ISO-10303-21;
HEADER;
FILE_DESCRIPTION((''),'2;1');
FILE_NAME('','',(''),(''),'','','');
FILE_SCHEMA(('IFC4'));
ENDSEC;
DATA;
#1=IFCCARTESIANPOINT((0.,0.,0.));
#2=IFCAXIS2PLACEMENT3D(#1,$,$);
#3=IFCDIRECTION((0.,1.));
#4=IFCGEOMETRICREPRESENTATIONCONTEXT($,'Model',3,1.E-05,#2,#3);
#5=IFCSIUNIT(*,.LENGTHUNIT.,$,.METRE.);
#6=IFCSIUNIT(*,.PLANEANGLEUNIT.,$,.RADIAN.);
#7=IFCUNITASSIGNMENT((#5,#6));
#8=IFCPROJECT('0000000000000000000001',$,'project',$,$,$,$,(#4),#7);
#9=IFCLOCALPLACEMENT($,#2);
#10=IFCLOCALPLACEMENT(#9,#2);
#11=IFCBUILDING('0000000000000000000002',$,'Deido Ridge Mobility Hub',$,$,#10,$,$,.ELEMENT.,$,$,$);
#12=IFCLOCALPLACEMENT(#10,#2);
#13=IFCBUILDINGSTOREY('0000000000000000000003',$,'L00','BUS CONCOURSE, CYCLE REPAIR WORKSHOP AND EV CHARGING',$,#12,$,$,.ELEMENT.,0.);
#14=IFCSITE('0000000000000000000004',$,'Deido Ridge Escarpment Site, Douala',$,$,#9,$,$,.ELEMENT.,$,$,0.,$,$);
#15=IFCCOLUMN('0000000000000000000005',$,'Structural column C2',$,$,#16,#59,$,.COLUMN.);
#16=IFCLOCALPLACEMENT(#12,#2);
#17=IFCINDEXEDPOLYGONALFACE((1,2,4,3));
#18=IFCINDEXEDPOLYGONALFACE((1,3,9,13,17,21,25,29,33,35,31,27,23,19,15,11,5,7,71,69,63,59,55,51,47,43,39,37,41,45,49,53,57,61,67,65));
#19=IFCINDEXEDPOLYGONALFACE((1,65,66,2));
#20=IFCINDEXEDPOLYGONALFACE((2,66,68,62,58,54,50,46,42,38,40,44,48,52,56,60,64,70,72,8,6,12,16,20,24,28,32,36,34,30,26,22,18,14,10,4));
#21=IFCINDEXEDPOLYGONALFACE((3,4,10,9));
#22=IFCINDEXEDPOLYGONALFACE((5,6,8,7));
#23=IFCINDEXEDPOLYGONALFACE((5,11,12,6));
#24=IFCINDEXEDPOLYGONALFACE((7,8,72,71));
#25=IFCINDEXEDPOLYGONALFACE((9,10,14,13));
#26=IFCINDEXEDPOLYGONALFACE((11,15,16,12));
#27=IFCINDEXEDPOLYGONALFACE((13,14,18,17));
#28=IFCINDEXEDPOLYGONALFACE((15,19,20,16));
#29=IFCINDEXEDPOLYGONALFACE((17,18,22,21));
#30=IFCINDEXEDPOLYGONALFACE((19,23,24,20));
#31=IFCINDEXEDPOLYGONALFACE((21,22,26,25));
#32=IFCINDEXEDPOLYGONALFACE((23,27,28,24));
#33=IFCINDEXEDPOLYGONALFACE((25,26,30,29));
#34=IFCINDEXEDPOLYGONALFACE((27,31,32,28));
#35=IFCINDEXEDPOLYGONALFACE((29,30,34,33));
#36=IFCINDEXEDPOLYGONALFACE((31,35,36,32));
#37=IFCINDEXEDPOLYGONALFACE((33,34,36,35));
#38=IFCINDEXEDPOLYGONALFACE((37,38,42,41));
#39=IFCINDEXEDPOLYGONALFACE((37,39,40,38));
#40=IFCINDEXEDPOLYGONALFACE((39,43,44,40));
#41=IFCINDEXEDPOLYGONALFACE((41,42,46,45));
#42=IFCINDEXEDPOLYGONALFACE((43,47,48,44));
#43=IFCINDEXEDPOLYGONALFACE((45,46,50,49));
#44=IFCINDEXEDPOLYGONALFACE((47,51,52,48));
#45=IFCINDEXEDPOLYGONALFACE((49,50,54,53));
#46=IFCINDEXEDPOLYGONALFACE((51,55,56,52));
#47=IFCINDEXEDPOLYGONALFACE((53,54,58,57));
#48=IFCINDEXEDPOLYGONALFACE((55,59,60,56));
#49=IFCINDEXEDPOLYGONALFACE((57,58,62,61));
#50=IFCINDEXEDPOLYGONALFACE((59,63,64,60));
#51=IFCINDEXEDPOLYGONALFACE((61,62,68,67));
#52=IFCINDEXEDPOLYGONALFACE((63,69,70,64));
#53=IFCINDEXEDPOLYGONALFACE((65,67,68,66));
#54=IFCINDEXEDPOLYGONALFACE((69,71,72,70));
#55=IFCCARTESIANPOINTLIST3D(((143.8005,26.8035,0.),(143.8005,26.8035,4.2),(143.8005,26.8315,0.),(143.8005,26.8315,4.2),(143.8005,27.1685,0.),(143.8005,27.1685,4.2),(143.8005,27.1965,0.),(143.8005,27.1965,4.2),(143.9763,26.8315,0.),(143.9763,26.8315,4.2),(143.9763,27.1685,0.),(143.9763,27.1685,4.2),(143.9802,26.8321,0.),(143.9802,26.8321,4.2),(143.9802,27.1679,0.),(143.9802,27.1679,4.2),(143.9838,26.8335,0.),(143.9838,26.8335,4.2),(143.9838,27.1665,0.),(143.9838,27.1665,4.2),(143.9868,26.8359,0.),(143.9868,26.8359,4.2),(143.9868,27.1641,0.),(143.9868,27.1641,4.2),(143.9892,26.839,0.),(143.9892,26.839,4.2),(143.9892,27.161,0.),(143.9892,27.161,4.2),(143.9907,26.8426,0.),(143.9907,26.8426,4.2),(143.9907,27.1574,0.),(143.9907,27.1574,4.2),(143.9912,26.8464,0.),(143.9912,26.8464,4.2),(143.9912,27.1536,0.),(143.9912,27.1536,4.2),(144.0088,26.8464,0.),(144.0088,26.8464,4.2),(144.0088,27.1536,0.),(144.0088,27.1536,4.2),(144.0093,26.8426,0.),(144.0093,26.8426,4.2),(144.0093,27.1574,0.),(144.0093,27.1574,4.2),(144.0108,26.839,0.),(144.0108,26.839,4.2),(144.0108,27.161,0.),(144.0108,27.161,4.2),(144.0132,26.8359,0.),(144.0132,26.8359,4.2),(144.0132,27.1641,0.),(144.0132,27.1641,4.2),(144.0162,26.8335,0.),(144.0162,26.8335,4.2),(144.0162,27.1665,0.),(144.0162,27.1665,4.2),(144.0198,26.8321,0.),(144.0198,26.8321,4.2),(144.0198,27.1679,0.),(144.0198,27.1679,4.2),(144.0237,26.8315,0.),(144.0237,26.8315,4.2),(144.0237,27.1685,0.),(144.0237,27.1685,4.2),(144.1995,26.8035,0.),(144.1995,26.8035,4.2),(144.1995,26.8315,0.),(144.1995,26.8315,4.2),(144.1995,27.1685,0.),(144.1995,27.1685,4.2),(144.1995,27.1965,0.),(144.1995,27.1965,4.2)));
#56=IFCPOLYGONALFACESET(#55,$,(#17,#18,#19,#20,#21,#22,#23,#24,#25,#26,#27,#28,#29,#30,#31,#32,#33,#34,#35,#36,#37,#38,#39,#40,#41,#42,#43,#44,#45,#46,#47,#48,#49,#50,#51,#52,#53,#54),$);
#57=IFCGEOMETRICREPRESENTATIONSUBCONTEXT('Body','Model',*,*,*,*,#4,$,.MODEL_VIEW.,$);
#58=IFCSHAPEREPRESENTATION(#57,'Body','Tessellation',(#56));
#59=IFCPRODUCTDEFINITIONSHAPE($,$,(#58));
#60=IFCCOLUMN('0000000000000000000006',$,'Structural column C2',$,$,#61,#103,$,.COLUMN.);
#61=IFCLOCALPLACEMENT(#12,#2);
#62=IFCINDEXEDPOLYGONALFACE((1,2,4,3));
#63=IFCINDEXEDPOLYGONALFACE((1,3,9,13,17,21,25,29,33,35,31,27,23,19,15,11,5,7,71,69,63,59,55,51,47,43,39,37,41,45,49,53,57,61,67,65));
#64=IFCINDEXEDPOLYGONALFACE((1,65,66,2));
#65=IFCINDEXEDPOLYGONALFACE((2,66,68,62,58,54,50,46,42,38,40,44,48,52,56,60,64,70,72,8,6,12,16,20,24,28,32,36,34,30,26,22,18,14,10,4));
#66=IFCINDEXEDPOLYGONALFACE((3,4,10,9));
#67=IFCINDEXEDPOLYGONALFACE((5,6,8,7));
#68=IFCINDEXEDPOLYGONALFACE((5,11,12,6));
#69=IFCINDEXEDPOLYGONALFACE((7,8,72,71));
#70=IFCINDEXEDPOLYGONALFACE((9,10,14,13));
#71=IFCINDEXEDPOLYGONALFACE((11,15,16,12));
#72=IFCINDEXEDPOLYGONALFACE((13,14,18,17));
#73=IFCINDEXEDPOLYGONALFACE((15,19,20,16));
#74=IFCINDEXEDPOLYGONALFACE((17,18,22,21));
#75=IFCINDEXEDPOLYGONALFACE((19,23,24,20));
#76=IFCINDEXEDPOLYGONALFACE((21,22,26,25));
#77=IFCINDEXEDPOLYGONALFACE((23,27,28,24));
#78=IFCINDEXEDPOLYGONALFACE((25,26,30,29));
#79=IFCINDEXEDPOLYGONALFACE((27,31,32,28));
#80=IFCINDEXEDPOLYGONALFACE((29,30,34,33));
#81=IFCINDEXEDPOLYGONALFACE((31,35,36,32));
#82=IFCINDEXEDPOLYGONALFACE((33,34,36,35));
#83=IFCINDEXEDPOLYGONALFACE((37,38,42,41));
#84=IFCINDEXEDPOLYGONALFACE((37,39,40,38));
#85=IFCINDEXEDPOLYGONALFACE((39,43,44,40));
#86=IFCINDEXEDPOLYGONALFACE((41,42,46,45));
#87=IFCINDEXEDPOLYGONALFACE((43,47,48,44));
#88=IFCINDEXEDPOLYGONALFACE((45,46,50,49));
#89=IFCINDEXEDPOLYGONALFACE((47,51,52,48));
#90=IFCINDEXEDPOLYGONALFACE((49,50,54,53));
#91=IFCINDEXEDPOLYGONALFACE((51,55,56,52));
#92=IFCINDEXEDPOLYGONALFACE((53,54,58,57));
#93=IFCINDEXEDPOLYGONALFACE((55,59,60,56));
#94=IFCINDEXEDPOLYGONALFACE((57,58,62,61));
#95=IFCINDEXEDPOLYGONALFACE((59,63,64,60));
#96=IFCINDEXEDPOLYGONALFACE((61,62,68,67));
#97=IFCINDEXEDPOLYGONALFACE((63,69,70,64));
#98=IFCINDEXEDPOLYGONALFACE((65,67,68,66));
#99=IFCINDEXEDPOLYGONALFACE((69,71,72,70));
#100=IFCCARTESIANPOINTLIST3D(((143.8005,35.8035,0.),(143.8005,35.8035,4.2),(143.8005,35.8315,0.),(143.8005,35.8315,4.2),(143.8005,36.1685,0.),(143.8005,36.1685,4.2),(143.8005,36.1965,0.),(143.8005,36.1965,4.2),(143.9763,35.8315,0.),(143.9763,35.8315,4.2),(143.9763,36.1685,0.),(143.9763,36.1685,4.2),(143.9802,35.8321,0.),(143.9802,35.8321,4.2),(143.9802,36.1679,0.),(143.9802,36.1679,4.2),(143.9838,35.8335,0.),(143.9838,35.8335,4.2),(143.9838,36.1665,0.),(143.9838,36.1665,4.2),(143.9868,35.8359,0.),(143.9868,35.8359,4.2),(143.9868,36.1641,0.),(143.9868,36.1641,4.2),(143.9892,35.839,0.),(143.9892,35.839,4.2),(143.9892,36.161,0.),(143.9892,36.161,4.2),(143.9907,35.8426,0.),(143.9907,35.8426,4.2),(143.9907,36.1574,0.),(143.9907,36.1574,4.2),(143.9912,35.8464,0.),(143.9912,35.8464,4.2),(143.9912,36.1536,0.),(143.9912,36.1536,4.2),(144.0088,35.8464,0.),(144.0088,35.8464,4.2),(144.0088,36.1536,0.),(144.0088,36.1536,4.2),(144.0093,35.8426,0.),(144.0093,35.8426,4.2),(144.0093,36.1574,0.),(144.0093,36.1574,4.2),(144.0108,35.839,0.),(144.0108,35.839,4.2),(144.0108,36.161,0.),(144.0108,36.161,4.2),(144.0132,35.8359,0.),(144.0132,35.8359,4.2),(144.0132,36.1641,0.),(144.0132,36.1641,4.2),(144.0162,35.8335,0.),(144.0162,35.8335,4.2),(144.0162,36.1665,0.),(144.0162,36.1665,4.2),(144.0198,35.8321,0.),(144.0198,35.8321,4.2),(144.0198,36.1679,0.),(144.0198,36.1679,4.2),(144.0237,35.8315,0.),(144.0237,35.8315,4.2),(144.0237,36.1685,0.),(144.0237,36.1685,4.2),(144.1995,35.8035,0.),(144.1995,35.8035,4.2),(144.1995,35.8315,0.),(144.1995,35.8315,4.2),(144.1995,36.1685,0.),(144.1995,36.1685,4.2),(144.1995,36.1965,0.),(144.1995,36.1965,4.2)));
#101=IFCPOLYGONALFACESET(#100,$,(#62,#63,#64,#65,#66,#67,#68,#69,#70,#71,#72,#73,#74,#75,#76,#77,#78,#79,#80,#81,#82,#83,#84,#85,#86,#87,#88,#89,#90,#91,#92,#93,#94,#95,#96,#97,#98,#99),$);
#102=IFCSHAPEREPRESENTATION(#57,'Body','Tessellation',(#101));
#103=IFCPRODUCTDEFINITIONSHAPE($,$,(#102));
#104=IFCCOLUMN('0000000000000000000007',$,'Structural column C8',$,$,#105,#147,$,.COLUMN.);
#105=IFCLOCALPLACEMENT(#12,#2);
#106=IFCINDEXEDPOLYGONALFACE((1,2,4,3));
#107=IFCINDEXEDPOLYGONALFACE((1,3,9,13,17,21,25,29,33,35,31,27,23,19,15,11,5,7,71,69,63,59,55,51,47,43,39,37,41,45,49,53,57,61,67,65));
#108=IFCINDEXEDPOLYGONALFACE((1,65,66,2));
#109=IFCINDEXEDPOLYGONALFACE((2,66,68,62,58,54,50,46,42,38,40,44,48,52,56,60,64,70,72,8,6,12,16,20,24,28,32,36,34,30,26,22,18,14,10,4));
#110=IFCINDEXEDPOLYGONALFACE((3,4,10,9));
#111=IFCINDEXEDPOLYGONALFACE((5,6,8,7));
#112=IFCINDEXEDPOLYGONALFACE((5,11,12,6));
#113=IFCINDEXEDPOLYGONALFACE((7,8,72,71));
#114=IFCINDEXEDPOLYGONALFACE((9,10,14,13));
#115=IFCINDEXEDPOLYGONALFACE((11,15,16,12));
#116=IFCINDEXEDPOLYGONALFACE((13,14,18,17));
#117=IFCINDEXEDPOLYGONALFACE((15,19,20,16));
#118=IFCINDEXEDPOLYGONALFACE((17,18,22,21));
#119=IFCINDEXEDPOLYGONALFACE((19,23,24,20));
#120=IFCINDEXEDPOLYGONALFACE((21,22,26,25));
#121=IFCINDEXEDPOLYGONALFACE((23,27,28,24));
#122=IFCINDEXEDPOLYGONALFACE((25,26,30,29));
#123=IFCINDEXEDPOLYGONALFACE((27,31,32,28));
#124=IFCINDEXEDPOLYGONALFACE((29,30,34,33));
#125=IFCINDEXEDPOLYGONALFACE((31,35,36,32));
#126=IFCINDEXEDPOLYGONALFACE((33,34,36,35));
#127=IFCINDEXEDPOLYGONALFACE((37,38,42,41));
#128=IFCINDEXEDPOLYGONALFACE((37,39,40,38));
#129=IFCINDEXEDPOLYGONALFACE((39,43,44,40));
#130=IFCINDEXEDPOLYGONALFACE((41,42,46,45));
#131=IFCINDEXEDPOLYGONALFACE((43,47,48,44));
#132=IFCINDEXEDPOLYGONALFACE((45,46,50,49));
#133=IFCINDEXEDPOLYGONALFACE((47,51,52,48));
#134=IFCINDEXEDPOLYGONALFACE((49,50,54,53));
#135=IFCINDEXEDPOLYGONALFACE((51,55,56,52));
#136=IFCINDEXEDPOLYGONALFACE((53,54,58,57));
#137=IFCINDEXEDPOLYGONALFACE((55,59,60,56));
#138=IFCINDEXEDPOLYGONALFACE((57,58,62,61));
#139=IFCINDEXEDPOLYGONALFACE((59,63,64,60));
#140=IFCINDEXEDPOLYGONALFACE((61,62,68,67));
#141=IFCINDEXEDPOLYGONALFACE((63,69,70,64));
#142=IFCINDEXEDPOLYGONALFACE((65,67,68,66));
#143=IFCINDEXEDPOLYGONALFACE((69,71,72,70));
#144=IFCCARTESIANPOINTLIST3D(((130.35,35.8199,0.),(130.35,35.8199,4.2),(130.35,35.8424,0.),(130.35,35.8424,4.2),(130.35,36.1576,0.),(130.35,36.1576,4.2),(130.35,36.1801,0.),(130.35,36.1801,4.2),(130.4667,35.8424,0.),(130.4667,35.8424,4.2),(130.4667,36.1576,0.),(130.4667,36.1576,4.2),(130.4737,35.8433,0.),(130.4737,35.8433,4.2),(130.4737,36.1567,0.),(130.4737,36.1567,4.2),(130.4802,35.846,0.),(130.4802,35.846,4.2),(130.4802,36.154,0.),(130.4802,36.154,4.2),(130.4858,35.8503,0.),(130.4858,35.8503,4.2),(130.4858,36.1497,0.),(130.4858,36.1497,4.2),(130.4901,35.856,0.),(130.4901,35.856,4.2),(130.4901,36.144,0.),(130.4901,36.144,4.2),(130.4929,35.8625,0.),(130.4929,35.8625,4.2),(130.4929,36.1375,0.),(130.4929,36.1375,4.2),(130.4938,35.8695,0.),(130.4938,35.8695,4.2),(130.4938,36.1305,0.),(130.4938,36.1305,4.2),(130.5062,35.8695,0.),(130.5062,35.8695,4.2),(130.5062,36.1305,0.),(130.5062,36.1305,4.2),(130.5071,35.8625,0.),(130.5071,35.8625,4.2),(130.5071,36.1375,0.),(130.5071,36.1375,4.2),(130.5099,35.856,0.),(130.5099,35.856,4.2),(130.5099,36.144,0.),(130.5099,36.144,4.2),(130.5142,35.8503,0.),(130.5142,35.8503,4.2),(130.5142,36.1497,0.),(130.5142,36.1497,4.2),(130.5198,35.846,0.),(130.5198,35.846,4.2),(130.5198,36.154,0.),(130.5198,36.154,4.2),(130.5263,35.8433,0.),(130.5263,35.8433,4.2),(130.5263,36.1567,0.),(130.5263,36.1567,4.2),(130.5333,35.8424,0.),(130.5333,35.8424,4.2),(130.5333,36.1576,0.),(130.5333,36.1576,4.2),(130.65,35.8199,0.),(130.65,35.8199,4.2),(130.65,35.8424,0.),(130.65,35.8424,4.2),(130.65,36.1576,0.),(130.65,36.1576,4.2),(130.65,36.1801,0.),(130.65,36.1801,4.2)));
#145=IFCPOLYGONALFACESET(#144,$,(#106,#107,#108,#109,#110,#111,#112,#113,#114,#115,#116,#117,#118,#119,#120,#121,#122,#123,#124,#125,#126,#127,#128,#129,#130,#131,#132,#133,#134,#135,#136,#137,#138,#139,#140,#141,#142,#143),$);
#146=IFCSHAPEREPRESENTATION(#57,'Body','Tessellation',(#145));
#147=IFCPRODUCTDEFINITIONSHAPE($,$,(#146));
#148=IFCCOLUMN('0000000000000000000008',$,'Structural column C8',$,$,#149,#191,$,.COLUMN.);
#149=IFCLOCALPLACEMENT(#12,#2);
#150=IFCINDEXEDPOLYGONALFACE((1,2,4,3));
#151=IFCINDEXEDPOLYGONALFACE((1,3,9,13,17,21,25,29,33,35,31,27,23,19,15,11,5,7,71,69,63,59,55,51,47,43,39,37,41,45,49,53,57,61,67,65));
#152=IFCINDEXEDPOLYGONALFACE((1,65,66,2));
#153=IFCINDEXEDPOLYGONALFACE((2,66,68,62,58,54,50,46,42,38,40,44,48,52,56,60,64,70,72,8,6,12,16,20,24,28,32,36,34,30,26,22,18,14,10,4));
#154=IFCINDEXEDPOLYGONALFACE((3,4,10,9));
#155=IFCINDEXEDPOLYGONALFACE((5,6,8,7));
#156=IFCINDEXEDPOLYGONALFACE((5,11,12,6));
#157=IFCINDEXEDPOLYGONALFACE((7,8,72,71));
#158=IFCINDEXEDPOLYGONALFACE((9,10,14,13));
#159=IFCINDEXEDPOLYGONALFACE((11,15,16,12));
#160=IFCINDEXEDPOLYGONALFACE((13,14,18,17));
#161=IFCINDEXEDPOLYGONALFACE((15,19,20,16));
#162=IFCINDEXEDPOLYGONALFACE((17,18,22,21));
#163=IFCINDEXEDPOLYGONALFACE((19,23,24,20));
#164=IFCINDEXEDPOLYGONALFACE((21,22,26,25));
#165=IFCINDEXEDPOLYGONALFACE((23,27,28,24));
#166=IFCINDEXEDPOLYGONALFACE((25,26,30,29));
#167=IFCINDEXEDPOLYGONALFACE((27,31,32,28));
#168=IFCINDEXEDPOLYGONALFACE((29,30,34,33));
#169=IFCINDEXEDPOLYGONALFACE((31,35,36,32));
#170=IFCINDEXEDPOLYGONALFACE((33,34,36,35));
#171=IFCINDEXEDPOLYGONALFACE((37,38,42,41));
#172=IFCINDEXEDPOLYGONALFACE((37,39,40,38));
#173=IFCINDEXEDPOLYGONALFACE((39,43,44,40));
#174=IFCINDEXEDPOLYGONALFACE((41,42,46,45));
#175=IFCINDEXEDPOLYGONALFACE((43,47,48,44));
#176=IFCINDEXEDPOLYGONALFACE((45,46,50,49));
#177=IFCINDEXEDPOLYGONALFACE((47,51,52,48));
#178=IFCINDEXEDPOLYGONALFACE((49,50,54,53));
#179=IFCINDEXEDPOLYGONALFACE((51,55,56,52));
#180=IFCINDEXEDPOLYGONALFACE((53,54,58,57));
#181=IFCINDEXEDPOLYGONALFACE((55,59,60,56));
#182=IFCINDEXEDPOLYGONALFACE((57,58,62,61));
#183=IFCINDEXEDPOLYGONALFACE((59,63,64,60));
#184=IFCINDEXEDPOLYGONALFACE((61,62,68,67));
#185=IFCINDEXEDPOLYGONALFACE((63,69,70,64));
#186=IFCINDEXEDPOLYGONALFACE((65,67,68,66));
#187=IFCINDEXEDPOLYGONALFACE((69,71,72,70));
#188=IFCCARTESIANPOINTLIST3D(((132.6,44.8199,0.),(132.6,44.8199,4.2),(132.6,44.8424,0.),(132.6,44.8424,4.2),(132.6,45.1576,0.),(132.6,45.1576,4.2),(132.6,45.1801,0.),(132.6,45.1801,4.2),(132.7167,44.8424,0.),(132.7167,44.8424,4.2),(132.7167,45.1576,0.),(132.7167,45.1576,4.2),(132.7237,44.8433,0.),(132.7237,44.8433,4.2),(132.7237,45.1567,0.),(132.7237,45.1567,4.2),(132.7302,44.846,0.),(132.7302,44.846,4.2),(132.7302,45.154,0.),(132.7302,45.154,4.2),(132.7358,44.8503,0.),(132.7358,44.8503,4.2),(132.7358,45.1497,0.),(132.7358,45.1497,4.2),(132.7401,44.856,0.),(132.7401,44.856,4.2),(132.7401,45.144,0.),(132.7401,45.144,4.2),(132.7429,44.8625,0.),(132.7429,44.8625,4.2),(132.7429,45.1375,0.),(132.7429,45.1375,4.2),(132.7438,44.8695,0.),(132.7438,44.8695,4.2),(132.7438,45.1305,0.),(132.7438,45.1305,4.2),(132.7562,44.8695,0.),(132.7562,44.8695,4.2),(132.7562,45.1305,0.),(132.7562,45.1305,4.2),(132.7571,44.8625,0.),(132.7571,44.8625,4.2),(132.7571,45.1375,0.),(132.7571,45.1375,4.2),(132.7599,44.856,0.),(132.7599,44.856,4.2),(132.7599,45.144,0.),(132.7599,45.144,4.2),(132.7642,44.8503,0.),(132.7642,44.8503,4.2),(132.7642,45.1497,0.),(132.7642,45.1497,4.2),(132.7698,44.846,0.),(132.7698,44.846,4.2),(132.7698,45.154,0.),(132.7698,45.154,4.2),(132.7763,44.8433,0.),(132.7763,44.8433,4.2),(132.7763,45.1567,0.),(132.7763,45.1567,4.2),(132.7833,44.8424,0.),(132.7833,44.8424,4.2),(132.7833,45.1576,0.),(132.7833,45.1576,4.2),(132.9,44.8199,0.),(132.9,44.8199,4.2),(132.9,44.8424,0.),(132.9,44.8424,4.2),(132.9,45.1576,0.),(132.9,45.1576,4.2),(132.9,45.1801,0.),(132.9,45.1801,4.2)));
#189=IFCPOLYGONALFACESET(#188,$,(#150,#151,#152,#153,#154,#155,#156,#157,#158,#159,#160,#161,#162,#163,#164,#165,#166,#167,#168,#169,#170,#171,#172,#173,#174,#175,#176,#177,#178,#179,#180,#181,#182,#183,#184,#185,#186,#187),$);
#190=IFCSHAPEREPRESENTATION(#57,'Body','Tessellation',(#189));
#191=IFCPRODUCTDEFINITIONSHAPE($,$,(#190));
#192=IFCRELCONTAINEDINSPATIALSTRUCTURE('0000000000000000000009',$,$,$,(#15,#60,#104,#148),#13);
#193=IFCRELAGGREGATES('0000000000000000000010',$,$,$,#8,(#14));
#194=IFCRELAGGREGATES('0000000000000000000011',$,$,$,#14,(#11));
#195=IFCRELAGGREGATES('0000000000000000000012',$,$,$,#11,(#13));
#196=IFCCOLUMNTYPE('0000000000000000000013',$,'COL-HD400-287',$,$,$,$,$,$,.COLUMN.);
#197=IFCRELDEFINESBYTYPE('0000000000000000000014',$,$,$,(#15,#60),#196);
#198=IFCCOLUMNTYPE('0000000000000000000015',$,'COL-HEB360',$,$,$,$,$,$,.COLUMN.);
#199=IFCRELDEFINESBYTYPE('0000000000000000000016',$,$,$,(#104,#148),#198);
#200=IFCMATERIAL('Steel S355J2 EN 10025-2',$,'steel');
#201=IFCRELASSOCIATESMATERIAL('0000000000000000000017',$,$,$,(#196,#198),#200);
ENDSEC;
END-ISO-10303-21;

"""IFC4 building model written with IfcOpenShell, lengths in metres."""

from ifc_helpers import new_model, si_unit, direction, frame, origin, origin_2d, place, context, subcontext, project, spatial, i_section, extrude, material, material_profile, profile_set, type_object, element, save


model = new_model("IFC4")

# Units and contexts
model_context = context("Model", 3, precision=1e-05, world=origin(), true_north=direction((0.0, 1.0)))
body_context = subcontext(model_context, "Body", "Model", "MODEL_VIEW")
ifc_project = project(units=[si_unit("LENGTHUNIT", "METRE"), si_unit("PLANEANGLEUNIT", "RADIAN")], contexts=[model_context])

# Site, building, storey
site_placement = place(None, origin())
site = spatial("IfcSite", under=ifc_project, at=site_placement, Name="Deido Ridge Escarpment Site, Douala", CompositionType="ELEMENT", RefElevation=0.0)
building_placement = place(site_placement, origin())
building = spatial("IfcBuilding", under=site, at=building_placement, Name="Deido Ridge Mobility Hub", CompositionType="ELEMENT")
storey_placement = place(building_placement, origin())
storey = spatial("IfcBuildingStorey", under=building, at=storey_placement, Name="L00", Description="BUS CONCOURSE, CYCLE REPAIR WORKSHOP AND EV CHARGING", CompositionType="ELEMENT", Elevation=0.0)

# Columns
ifc_material = material(Name="Steel S355J2 EN 10025-2", Category="steel")
ifc_material_profile_1 = material_profile(ifc_material, i_section(OverallWidth=0.3989, OverallDepth=0.3931, WebThickness=0.0176, FlangeThickness=0.0281, FilletRadius=0.0149, at=origin_2d()), Name="HD 400x287")
ifc_profile_set_1 = profile_set([ifc_material_profile_1], Name="Steel S355J2 EN 10025-2")
column_type_1 = type_object("IfcColumnType", Name="COL-HD400-287", PredefinedType="COLUMN", material=ifc_profile_set_1)
for number, where, z_axis, x_axis, name in (
    (1, (144.0, 27.0, 0.0), (0.0, 0.0, 1.0), (1.0, 0.0, 0.0), "Structural column C2"),
    (2, (144.0, 36.0, 0.0), (0.0, 0.0, 1.0), (1.0, 0.0, 0.0), "Structural column C2"),
):
    element("IfcColumn", number, at=place(storey_placement, frame(where, z_axis=z_axis, x_axis=x_axis)), inside=storey, type_object=column_type_1, Name=name, PredefinedType="COLUMN", context=body_context, shape_type="SweptSolid", body=[
        extrude(i_section(OverallWidth=0.3989, OverallDepth=0.3931, WebThickness=0.0176, FlangeThickness=0.0281, FilletRadius=0.0149, at=origin_2d()), origin(), (0.0, 0.0, 1.0), 4.2),
    ])
ifc_material_profile_2 = material_profile(ifc_material, i_section(OverallWidth=0.3, OverallDepth=0.3601, WebThickness=0.0125, FlangeThickness=0.0225, FilletRadius=0.0271, at=origin_2d()), Name="HEB 360")
ifc_profile_set_2 = profile_set([ifc_material_profile_2], Name="Steel S355J2 EN 10025-2")
column_type_2 = type_object("IfcColumnType", Name="COL-HEB360", PredefinedType="COLUMN", material=ifc_profile_set_2)
for number, where, z_axis, x_axis, name in (
    (3, (130.5, 36.0, 0.0), (0.0, 0.0, 1.0), (1.0, 0.0, 0.0), "Structural column C8"),
    (4, (132.75, 45.0, 0.0), (0.0, 0.0, 1.0), (1.0, 0.0, 0.0), "Structural column C8"),
):
    element("IfcColumn", number, at=place(storey_placement, frame(where, z_axis=z_axis, x_axis=x_axis)), inside=storey, type_object=column_type_2, Name=name, PredefinedType="COLUMN", context=body_context, shape_type="SweptSolid", body=[
        extrude(i_section(OverallWidth=0.3, OverallDepth=0.3601, WebThickness=0.0125, FlangeThickness=0.0225, FilletRadius=0.0271, at=origin_2d()), origin(), (0.0, 0.0, 1.0), 4.2),
    ])

save(model, "model.ifc")
